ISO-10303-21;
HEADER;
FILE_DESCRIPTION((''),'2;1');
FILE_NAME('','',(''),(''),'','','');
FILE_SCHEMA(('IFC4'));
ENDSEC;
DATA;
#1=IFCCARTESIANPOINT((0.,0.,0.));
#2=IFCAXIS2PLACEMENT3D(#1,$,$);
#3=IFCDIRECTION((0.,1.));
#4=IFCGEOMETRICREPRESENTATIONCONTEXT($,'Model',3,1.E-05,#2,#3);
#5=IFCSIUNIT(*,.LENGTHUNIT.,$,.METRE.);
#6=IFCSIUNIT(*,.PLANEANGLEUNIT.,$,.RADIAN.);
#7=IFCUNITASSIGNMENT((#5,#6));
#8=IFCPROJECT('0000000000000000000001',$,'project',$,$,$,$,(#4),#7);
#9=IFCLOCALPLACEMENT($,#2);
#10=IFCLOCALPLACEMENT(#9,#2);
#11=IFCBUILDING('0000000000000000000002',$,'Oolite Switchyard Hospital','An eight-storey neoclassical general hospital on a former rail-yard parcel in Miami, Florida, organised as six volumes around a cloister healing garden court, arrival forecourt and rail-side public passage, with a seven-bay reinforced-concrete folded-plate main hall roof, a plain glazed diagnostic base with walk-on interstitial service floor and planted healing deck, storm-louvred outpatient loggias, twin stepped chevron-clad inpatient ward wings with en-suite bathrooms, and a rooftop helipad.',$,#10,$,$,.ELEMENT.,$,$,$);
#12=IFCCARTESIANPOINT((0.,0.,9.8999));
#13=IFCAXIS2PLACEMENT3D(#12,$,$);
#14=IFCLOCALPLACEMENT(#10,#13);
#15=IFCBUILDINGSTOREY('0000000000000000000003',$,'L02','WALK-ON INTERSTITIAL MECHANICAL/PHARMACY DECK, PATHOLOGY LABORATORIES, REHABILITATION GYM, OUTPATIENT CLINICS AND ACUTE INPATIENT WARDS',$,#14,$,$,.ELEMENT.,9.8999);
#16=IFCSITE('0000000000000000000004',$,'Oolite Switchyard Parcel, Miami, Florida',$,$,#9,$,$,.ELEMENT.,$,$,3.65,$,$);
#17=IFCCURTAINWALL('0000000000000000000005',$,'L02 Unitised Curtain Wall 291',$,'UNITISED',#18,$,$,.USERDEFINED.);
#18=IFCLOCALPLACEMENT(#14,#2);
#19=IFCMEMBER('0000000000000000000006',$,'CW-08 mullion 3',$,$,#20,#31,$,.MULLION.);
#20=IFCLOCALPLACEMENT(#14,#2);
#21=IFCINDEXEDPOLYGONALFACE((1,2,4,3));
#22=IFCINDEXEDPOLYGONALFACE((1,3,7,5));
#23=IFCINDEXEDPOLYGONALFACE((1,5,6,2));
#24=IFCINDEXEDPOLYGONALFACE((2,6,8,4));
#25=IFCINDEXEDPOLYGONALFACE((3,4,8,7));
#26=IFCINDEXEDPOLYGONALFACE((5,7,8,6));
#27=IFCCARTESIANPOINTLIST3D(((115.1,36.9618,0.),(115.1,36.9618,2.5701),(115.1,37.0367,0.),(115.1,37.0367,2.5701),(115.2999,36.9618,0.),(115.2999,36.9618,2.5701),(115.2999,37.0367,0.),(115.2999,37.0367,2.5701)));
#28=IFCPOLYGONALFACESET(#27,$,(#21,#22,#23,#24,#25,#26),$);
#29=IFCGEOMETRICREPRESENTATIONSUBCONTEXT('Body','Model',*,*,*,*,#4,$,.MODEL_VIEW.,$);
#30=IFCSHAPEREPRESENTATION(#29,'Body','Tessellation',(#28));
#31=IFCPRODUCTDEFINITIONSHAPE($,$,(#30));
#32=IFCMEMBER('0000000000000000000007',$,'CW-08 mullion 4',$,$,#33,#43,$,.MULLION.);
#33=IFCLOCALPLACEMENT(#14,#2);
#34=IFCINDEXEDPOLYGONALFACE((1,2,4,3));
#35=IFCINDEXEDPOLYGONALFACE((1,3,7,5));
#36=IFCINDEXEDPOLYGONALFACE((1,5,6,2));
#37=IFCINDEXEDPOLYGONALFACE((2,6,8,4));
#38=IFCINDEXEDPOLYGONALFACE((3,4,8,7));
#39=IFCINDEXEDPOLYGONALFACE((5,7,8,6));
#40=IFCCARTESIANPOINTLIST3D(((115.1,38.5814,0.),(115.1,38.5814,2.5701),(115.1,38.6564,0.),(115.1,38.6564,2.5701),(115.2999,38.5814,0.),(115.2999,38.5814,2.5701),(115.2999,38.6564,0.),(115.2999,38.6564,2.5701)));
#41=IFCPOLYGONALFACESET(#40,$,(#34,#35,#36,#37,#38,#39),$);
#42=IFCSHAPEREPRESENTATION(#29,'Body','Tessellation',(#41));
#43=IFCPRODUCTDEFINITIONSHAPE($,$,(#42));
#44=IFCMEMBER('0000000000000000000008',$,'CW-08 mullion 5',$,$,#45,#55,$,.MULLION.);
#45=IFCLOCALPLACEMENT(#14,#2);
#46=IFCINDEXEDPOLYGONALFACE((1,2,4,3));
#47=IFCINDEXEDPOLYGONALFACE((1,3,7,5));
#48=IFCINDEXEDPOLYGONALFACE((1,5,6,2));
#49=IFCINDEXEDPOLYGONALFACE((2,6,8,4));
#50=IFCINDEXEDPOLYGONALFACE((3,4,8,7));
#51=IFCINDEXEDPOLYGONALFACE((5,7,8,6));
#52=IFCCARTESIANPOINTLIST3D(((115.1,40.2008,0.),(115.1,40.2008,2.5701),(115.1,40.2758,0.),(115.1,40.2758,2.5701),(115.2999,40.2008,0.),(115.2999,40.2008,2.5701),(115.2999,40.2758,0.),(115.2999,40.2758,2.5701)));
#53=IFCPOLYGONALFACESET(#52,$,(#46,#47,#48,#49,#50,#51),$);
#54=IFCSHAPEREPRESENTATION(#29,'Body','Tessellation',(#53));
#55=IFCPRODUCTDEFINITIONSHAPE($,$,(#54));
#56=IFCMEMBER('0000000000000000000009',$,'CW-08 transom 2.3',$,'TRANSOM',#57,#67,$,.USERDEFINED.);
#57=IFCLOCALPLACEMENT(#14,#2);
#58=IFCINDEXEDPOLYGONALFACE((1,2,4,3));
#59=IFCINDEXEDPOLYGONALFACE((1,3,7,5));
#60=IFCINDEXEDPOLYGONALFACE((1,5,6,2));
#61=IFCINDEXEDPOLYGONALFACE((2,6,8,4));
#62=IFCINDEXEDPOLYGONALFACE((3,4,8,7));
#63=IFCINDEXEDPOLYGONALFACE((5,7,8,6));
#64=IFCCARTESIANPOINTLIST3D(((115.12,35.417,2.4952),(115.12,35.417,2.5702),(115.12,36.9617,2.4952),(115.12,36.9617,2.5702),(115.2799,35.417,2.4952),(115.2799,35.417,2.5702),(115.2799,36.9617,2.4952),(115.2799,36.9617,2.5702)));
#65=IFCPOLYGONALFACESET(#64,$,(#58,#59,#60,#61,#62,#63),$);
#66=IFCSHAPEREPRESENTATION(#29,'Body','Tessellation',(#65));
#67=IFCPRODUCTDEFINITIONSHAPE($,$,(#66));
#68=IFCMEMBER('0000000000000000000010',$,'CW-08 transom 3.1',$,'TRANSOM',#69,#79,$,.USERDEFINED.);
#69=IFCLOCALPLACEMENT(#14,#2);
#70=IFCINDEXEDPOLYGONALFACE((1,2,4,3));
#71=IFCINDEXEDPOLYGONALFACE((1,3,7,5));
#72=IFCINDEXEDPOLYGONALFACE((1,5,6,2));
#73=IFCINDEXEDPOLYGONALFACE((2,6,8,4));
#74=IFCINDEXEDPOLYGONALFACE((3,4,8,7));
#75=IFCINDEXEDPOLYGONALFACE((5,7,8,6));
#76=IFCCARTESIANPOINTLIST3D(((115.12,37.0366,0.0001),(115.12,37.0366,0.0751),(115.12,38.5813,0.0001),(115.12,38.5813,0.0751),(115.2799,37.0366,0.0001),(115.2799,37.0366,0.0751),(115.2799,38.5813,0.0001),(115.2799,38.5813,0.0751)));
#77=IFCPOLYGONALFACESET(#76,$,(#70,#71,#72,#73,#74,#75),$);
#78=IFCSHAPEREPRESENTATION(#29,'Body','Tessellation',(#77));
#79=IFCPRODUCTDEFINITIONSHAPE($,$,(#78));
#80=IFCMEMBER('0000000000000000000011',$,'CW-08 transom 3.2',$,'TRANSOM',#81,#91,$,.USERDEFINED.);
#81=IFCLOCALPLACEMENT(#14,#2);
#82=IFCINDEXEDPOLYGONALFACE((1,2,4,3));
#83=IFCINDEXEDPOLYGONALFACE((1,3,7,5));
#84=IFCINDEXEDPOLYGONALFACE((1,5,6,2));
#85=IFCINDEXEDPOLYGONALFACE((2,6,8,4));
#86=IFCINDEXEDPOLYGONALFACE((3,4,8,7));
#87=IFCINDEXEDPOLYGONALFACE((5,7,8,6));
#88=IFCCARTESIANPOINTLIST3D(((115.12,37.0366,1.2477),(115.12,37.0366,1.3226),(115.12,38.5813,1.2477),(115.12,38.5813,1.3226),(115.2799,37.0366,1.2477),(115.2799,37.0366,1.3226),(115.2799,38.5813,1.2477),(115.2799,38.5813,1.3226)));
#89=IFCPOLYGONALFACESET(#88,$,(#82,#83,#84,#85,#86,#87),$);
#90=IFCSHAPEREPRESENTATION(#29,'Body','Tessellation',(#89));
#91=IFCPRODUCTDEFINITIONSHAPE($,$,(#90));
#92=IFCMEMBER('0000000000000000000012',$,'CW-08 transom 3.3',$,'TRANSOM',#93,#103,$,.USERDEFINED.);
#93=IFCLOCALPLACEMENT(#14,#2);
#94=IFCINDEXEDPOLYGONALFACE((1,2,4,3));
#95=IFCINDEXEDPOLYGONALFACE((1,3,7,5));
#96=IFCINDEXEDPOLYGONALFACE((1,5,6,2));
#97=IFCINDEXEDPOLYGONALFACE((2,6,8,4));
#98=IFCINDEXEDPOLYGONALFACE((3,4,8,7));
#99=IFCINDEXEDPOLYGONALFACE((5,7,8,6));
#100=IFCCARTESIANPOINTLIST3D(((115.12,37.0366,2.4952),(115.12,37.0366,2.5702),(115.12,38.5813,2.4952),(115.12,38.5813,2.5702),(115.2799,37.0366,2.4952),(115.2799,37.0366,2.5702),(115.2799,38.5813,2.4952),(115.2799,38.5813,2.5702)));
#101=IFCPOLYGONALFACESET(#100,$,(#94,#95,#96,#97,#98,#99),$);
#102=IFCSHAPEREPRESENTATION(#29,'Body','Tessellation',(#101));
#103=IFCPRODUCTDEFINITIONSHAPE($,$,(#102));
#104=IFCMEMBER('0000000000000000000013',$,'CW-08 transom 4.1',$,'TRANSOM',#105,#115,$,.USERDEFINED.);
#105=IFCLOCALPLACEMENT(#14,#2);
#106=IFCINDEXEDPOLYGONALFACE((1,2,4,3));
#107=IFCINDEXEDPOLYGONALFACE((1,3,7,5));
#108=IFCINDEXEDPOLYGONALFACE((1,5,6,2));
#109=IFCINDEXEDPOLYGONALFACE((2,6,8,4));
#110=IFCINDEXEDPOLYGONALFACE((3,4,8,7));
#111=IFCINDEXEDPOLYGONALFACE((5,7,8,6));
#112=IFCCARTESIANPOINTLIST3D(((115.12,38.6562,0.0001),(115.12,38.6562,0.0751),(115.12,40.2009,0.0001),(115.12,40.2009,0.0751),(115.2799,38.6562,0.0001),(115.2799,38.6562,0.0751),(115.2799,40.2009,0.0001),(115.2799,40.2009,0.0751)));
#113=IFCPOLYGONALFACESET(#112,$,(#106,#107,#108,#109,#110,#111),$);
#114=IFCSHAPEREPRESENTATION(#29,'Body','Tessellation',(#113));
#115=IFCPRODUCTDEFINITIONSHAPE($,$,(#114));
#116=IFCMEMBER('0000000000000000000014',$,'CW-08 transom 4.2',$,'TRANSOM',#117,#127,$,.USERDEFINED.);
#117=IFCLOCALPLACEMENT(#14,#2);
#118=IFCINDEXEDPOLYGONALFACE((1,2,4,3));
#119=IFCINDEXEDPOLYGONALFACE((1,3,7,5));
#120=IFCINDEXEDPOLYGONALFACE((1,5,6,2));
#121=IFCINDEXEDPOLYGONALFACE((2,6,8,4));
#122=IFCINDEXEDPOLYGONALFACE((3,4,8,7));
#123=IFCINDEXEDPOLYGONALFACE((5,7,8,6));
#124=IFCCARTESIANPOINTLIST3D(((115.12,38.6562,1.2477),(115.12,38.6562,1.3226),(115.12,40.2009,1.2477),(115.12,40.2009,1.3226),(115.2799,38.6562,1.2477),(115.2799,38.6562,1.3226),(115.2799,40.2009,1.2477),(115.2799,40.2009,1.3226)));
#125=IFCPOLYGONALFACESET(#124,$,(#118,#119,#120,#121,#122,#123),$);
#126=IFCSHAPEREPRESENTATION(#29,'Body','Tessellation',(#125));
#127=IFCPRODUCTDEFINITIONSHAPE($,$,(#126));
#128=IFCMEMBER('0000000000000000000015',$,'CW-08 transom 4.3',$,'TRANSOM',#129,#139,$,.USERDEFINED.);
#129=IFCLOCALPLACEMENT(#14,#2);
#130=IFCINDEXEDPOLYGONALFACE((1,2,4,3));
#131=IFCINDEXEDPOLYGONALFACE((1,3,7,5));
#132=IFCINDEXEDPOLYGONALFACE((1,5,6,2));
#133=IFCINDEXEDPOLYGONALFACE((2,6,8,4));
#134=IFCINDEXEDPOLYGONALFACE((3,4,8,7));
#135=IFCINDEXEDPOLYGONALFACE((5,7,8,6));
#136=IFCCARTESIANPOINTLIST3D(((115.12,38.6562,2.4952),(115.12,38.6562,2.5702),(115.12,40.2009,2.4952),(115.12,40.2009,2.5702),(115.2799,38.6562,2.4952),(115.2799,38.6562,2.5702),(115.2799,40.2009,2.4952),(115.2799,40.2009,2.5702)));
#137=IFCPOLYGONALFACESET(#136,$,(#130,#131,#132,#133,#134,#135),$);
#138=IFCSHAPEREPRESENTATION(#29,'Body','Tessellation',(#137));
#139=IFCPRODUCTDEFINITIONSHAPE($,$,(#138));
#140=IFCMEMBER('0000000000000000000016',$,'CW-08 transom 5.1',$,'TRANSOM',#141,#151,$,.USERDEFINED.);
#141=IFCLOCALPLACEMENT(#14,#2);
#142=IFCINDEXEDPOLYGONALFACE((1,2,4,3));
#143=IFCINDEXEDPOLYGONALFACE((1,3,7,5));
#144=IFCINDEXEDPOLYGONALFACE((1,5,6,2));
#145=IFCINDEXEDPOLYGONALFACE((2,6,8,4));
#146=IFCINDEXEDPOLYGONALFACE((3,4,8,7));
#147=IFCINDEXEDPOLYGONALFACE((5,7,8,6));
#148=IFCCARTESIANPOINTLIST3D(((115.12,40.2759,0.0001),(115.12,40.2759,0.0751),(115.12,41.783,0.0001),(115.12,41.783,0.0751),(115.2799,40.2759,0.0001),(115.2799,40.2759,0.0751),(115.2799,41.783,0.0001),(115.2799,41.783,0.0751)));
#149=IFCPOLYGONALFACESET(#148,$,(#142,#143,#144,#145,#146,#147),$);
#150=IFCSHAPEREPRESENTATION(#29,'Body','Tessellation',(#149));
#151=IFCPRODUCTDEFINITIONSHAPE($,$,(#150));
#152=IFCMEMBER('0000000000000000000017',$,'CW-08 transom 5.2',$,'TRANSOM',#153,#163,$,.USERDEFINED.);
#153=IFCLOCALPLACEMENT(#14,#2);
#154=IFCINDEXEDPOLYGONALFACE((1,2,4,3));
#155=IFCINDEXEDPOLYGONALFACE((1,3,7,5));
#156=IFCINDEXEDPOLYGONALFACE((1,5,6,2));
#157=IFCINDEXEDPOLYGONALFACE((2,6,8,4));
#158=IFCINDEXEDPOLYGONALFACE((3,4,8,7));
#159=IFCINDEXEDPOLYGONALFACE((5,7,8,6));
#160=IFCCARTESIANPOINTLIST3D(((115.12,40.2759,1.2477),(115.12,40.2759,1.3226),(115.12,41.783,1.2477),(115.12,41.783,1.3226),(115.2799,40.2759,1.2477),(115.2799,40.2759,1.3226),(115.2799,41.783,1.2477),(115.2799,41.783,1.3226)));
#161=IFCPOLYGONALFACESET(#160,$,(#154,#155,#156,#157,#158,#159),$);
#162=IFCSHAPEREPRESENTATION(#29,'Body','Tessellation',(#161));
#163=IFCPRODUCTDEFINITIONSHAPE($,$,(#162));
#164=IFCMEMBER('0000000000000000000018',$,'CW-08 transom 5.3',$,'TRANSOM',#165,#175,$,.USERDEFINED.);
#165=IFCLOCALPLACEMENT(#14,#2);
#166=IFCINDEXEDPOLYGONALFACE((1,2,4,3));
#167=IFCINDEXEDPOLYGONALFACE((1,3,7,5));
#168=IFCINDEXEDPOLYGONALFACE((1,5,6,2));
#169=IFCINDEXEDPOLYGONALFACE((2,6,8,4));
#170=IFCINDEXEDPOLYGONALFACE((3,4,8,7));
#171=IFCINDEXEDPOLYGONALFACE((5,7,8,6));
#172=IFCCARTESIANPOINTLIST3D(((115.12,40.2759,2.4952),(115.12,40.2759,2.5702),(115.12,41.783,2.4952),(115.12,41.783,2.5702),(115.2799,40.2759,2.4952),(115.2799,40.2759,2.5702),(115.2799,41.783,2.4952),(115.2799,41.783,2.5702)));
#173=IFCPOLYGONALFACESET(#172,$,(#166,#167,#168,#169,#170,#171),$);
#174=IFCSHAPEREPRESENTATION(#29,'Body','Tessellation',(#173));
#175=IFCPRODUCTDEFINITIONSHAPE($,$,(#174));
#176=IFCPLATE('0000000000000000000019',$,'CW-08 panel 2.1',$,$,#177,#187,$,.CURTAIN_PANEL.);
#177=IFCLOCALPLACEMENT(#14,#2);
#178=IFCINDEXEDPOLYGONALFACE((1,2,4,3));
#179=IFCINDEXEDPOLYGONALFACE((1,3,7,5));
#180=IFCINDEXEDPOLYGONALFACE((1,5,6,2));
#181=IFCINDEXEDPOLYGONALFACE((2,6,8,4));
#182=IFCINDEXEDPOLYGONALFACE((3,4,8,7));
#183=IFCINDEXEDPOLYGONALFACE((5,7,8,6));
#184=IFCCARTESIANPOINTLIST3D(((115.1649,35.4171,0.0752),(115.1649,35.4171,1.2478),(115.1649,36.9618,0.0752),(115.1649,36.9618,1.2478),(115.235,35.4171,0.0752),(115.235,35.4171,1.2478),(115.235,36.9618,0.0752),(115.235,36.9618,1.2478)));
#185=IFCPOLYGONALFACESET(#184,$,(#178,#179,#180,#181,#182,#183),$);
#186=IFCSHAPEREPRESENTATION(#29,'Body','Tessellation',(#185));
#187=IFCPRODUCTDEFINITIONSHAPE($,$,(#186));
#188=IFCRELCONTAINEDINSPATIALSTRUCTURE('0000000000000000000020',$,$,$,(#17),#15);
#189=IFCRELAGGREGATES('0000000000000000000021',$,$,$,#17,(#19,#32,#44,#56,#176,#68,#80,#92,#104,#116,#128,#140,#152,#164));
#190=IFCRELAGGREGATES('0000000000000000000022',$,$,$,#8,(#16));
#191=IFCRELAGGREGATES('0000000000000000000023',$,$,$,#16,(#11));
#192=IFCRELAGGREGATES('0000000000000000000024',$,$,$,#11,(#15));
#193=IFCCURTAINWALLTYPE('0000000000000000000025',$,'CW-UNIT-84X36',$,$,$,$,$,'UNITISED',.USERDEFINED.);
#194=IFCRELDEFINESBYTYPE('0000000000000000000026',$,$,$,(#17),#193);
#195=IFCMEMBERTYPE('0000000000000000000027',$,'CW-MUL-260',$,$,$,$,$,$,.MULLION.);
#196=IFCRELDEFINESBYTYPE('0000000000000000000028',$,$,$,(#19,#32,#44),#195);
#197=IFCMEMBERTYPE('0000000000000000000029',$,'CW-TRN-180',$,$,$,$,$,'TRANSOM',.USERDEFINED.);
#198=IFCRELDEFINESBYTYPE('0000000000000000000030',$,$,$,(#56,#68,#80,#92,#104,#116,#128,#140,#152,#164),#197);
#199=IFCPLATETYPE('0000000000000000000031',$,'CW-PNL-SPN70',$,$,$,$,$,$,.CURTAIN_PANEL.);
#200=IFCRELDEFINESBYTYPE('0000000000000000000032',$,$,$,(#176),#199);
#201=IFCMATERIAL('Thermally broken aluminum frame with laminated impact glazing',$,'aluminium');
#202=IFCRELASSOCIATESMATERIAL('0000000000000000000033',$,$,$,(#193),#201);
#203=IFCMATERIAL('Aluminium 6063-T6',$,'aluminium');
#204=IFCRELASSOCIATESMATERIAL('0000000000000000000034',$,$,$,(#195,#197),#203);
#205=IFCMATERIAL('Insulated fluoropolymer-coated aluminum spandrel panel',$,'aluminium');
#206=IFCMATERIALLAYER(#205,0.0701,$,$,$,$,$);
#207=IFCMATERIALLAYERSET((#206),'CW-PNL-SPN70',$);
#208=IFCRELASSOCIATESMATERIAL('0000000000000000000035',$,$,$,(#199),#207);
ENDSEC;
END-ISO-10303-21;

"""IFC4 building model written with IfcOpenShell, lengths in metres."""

from ifc_helpers import new_model, si_unit, direction, frame, origin, origin_2d, place, context, subcontext, project, spatial, rectangle, extrude, material, layer, layer_set, material_profile, profile_set, type_object, element, aggregate, save


model = new_model("IFC4")

# Units and contexts
model_context = context("Model", 3, precision=1e-05, world=origin(), true_north=direction((0.0, 1.0)))
body_context = subcontext(model_context, "Body", "Model", "MODEL_VIEW")
ifc_project = project(units=[si_unit("LENGTHUNIT", "METRE"), si_unit("PLANEANGLEUNIT", "RADIAN")], contexts=[model_context])

# Site, building, storey
site_placement = place(None, origin())
site = spatial("IfcSite", under=ifc_project, at=site_placement, Name="Oolite Switchyard Parcel, Miami, Florida", CompositionType="ELEMENT", RefElevation=3.65)
building_placement = place(site_placement, origin())
building = spatial("IfcBuilding", under=site, at=building_placement, Name="Oolite Switchyard Hospital", Description="An eight-storey neoclassical general hospital on a former rail-yard parcel in Miami, Florida, organised as six volumes around a cloister healing garden court, arrival forecourt and rail-side public passage, with a seven-bay reinforced-concrete folded-plate main hall roof, a plain glazed diagnostic base with walk-on interstitial service floor and planted healing deck, storm-louvred outpatient loggias, twin stepped chevron-clad inpatient ward wings with en-suite bathrooms, and a rooftop helipad.", CompositionType="ELEMENT")
storey_placement = place(building_placement, frame((0.0, 0.0, 9.8999)))
storey = spatial("IfcBuildingStorey", under=building, at=storey_placement, Name="L02", Description="WALK-ON INTERSTITIAL MECHANICAL/PHARMACY DECK, PATHOLOGY LABORATORIES, REHABILITATION GYM, OUTPATIENT CLINICS AND ACUTE INPATIENT WARDS", CompositionType="ELEMENT", Elevation=9.8999)

# Curtain wall, members, plate
ifc_material_1 = material(Name="Thermally broken aluminum frame with laminated impact glazing", Category="aluminium")
curtain_wall_type = type_object("IfcCurtainWallType", Name="CW-UNIT-84X36", ElementType="UNITISED", PredefinedType="USERDEFINED", material=ifc_material_1)
curtain_wall_placement = place(storey_placement, origin())
curtain_wall = element("IfcCurtainWall", 1, at=curtain_wall_placement, inside=storey, type_object=curtain_wall_type, Name="L02 Unitised Curtain Wall 291", ObjectType="UNITISED", PredefinedType="USERDEFINED")
ifc_material_2 = material(Name="Aluminium 6063-T6", Category="aluminium")
ifc_material_profile_1 = material_profile(ifc_material_2, rectangle(XDim=0.2, YDim=0.075, at=origin_2d()), Name="CWM75X200")
ifc_profile_set_1 = profile_set([ifc_material_profile_1], Name="Aluminium 6063-T6")
member_type_1 = type_object("IfcMemberType", Name="CW-MUL-260", PredefinedType="MULLION", material=ifc_profile_set_1)
member_1_placement = place(storey_placement, frame((115.2, 36.9993, 0.0), z_axis=(0.0, 0.0, 1.0), x_axis=(-1.0, 0.0, 0.0)))
member_1 = element("IfcMember", 2, at=member_1_placement, type_object=member_type_1, Name="CW-08 mullion 3", PredefinedType="MULLION", context=body_context, shape_type="SweptSolid", body=[
    extrude(rectangle(XDim=0.2, YDim=0.075, at=origin_2d()), origin(), (0.0, 0.0, 1.0), 2.5701),
])
member_2_placement = place(storey_placement, frame((115.2, 38.6189, 0.0), z_axis=(0.0, 0.0, 1.0), x_axis=(-1.0, 0.0, 0.0)))
member_2 = element("IfcMember", 3, at=member_2_placement, type_object=member_type_1, Name="CW-08 mullion 4", PredefinedType="MULLION", context=body_context, shape_type="SweptSolid", body=[
    extrude(rectangle(XDim=0.2, YDim=0.075, at=origin_2d()), origin(), (0.0, 0.0, 1.0), 2.5701),
])
member_3_placement = place(storey_placement, frame((115.2, 40.2383, 0.0), z_axis=(0.0, 0.0, 1.0), x_axis=(-1.0, 0.0, 0.0)))
member_3 = element("IfcMember", 4, at=member_3_placement, type_object=member_type_1, Name="CW-08 mullion 5", PredefinedType="MULLION", context=body_context, shape_type="SweptSolid", body=[
    extrude(rectangle(XDim=0.2, YDim=0.075, at=origin_2d()), origin(), (0.0, 0.0, 1.0), 2.5701),
])
ifc_material_profile_2 = material_profile(ifc_material_2, rectangle(XDim=0.1599, YDim=0.075, at=origin_2d()), Name="CWT75X160")
ifc_profile_set_2 = profile_set([ifc_material_profile_2], Name="Aluminium 6063-T6")
member_type_2 = type_object("IfcMemberType", Name="CW-TRN-180", ElementType="TRANSOM", PredefinedType="USERDEFINED", material=ifc_profile_set_2)
member_4_placement = place(storey_placement, frame((115.2, 35.417, 2.5327), z_axis=(0.0, 1.0, 0.0), x_axis=(-1.0, 0.0, 0.0)))
member_4 = element("IfcMember", 5, at=member_4_placement, type_object=member_type_2, Name="CW-08 transom 2.3", ObjectType="TRANSOM", PredefinedType="USERDEFINED", context=body_context, shape_type="SweptSolid", body=[
    extrude(rectangle(XDim=0.1599, YDim=0.075, at=origin_2d()), origin(), (0.0, 0.0, 1.0), 1.5447),
])
member_5_placement = place(storey_placement, frame((115.2, 37.0366, 0.0376), z_axis=(0.0, 1.0, 0.0), x_axis=(-1.0, 0.0, 0.0)))
member_5 = element("IfcMember", 6, at=member_5_placement, type_object=member_type_2, Name="CW-08 transom 3.1", ObjectType="TRANSOM", PredefinedType="USERDEFINED", context=body_context, shape_type="SweptSolid", body=[
    extrude(rectangle(XDim=0.1599, YDim=0.075, at=origin_2d()), origin(), (0.0, 0.0, 1.0), 1.5447),
])
member_6_placement = place(storey_placement, frame((115.2, 37.0366, 1.2852), z_axis=(0.0, 1.0, 0.0), x_axis=(-1.0, 0.0, 0.0)))
member_6 = element("IfcMember", 7, at=member_6_placement, type_object=member_type_2, Name="CW-08 transom 3.2", ObjectType="TRANSOM", PredefinedType="USERDEFINED", context=body_context, shape_type="SweptSolid", body=[
    extrude(rectangle(XDim=0.1599, YDim=0.075, at=origin_2d()), origin(), (0.0, 0.0, 1.0), 1.5447),
])
member_7_placement = place(storey_placement, frame((115.2, 37.0366, 2.5327), z_axis=(0.0, 1.0, 0.0), x_axis=(-1.0, 0.0, 0.0)))
member_7 = element("IfcMember", 8, at=member_7_placement, type_object=member_type_2, Name="CW-08 transom 3.3", ObjectType="TRANSOM", PredefinedType="USERDEFINED", context=body_context, shape_type="SweptSolid", body=[
    extrude(rectangle(XDim=0.1599, YDim=0.075, at=origin_2d()), origin(), (0.0, 0.0, 1.0), 1.5447),
])
member_8_placement = place(storey_placement, frame((115.2, 38.6562, 0.0376), z_axis=(0.0, 1.0, 0.0), x_axis=(-1.0, 0.0, 0.0)))
member_8 = element("IfcMember", 9, at=member_8_placement, type_object=member_type_2, Name="CW-08 transom 4.1", ObjectType="TRANSOM", PredefinedType="USERDEFINED", context=body_context, shape_type="SweptSolid", body=[
    extrude(rectangle(XDim=0.1599, YDim=0.075, at=origin_2d()), origin(), (0.0, 0.0, 1.0), 1.5447),
])
member_9_placement = place(storey_placement, frame((115.2, 38.6562, 1.2852), z_axis=(0.0, 1.0, 0.0), x_axis=(-1.0, 0.0, 0.0)))
member_9 = element("IfcMember", 10, at=member_9_placement, type_object=member_type_2, Name="CW-08 transom 4.2", ObjectType="TRANSOM", PredefinedType="USERDEFINED", context=body_context, shape_type="SweptSolid", body=[
    extrude(rectangle(XDim=0.1599, YDim=0.075, at=origin_2d()), origin(), (0.0, 0.0, 1.0), 1.5447),
])
member_10_placement = place(storey_placement, frame((115.2, 38.6562, 2.5327), z_axis=(0.0, 1.0, 0.0), x_axis=(-1.0, 0.0, 0.0)))
member_10 = element("IfcMember", 11, at=member_10_placement, type_object=member_type_2, Name="CW-08 transom 4.3", ObjectType="TRANSOM", PredefinedType="USERDEFINED", context=body_context, shape_type="SweptSolid", body=[
    extrude(rectangle(XDim=0.1599, YDim=0.075, at=origin_2d()), origin(), (0.0, 0.0, 1.0), 1.5447),
])
member_11_placement = place(storey_placement, frame((115.2, 40.2759, 0.0376), z_axis=(0.0, 1.0, 0.0), x_axis=(-1.0, 0.0, 0.0)))
member_11 = element("IfcMember", 12, at=member_11_placement, type_object=member_type_2, Name="CW-08 transom 5.1", ObjectType="TRANSOM", PredefinedType="USERDEFINED", context=body_context, shape_type="SweptSolid", body=[
    extrude(rectangle(XDim=0.1599, YDim=0.075, at=origin_2d()), origin(), (0.0, 0.0, 1.0), 1.5071),
])
member_12_placement = place(storey_placement, frame((115.2, 40.2759, 1.2852), z_axis=(0.0, 1.0, 0.0), x_axis=(-1.0, 0.0, 0.0)))
member_12 = element("IfcMember", 13, at=member_12_placement, type_object=member_type_2, Name="CW-08 transom 5.2", ObjectType="TRANSOM", PredefinedType="USERDEFINED", context=body_context, shape_type="SweptSolid", body=[
    extrude(rectangle(XDim=0.1599, YDim=0.075, at=origin_2d()), origin(), (0.0, 0.0, 1.0), 1.5071),
])
member_13_placement = place(storey_placement, frame((115.2, 40.2759, 2.5327), z_axis=(0.0, 1.0, 0.0), x_axis=(-1.0, 0.0, 0.0)))
member_13 = element("IfcMember", 14, at=member_13_placement, type_object=member_type_2, Name="CW-08 transom 5.3", ObjectType="TRANSOM", PredefinedType="USERDEFINED", context=body_context, shape_type="SweptSolid", body=[
    extrude(rectangle(XDim=0.1599, YDim=0.075, at=origin_2d()), origin(), (0.0, 0.0, 1.0), 1.5071),
])
ifc_material_3 = material(Name="Insulated fluoropolymer-coated aluminum spandrel panel", Category="aluminium")
ifc_layer = layer(ifc_material_3, 0.0701)
ifc_layer_set = layer_set([ifc_layer], Name="CW-PNL-SPN70")
plate_type = type_object("IfcPlateType", Name="CW-PNL-SPN70", PredefinedType="CURTAIN_PANEL", material=ifc_layer_set)
plate_1_placement = place(storey_placement, frame((115.2, 36.1895, 0.0752), z_axis=(0.0, 0.0, 1.0), x_axis=(0.0, 1.0, 0.0)))
plate_1 = element("IfcPlate", 15, at=plate_1_placement, type_object=plate_type, Name="CW-08 panel 2.1", PredefinedType="CURTAIN_PANEL", context=body_context, shape_type="SweptSolid", body=[
    extrude(rectangle(XDim=1.5447, YDim=0.0701, at=origin_2d()), origin(), (0.0, 0.0, 1.0), 1.1726),
])
aggregate(curtain_wall, [member_1, member_2, member_3, member_4, plate_1, member_5, member_6, member_7, member_8, member_9, member_10, member_11, member_12, member_13])

save(model, "model.ifc")
